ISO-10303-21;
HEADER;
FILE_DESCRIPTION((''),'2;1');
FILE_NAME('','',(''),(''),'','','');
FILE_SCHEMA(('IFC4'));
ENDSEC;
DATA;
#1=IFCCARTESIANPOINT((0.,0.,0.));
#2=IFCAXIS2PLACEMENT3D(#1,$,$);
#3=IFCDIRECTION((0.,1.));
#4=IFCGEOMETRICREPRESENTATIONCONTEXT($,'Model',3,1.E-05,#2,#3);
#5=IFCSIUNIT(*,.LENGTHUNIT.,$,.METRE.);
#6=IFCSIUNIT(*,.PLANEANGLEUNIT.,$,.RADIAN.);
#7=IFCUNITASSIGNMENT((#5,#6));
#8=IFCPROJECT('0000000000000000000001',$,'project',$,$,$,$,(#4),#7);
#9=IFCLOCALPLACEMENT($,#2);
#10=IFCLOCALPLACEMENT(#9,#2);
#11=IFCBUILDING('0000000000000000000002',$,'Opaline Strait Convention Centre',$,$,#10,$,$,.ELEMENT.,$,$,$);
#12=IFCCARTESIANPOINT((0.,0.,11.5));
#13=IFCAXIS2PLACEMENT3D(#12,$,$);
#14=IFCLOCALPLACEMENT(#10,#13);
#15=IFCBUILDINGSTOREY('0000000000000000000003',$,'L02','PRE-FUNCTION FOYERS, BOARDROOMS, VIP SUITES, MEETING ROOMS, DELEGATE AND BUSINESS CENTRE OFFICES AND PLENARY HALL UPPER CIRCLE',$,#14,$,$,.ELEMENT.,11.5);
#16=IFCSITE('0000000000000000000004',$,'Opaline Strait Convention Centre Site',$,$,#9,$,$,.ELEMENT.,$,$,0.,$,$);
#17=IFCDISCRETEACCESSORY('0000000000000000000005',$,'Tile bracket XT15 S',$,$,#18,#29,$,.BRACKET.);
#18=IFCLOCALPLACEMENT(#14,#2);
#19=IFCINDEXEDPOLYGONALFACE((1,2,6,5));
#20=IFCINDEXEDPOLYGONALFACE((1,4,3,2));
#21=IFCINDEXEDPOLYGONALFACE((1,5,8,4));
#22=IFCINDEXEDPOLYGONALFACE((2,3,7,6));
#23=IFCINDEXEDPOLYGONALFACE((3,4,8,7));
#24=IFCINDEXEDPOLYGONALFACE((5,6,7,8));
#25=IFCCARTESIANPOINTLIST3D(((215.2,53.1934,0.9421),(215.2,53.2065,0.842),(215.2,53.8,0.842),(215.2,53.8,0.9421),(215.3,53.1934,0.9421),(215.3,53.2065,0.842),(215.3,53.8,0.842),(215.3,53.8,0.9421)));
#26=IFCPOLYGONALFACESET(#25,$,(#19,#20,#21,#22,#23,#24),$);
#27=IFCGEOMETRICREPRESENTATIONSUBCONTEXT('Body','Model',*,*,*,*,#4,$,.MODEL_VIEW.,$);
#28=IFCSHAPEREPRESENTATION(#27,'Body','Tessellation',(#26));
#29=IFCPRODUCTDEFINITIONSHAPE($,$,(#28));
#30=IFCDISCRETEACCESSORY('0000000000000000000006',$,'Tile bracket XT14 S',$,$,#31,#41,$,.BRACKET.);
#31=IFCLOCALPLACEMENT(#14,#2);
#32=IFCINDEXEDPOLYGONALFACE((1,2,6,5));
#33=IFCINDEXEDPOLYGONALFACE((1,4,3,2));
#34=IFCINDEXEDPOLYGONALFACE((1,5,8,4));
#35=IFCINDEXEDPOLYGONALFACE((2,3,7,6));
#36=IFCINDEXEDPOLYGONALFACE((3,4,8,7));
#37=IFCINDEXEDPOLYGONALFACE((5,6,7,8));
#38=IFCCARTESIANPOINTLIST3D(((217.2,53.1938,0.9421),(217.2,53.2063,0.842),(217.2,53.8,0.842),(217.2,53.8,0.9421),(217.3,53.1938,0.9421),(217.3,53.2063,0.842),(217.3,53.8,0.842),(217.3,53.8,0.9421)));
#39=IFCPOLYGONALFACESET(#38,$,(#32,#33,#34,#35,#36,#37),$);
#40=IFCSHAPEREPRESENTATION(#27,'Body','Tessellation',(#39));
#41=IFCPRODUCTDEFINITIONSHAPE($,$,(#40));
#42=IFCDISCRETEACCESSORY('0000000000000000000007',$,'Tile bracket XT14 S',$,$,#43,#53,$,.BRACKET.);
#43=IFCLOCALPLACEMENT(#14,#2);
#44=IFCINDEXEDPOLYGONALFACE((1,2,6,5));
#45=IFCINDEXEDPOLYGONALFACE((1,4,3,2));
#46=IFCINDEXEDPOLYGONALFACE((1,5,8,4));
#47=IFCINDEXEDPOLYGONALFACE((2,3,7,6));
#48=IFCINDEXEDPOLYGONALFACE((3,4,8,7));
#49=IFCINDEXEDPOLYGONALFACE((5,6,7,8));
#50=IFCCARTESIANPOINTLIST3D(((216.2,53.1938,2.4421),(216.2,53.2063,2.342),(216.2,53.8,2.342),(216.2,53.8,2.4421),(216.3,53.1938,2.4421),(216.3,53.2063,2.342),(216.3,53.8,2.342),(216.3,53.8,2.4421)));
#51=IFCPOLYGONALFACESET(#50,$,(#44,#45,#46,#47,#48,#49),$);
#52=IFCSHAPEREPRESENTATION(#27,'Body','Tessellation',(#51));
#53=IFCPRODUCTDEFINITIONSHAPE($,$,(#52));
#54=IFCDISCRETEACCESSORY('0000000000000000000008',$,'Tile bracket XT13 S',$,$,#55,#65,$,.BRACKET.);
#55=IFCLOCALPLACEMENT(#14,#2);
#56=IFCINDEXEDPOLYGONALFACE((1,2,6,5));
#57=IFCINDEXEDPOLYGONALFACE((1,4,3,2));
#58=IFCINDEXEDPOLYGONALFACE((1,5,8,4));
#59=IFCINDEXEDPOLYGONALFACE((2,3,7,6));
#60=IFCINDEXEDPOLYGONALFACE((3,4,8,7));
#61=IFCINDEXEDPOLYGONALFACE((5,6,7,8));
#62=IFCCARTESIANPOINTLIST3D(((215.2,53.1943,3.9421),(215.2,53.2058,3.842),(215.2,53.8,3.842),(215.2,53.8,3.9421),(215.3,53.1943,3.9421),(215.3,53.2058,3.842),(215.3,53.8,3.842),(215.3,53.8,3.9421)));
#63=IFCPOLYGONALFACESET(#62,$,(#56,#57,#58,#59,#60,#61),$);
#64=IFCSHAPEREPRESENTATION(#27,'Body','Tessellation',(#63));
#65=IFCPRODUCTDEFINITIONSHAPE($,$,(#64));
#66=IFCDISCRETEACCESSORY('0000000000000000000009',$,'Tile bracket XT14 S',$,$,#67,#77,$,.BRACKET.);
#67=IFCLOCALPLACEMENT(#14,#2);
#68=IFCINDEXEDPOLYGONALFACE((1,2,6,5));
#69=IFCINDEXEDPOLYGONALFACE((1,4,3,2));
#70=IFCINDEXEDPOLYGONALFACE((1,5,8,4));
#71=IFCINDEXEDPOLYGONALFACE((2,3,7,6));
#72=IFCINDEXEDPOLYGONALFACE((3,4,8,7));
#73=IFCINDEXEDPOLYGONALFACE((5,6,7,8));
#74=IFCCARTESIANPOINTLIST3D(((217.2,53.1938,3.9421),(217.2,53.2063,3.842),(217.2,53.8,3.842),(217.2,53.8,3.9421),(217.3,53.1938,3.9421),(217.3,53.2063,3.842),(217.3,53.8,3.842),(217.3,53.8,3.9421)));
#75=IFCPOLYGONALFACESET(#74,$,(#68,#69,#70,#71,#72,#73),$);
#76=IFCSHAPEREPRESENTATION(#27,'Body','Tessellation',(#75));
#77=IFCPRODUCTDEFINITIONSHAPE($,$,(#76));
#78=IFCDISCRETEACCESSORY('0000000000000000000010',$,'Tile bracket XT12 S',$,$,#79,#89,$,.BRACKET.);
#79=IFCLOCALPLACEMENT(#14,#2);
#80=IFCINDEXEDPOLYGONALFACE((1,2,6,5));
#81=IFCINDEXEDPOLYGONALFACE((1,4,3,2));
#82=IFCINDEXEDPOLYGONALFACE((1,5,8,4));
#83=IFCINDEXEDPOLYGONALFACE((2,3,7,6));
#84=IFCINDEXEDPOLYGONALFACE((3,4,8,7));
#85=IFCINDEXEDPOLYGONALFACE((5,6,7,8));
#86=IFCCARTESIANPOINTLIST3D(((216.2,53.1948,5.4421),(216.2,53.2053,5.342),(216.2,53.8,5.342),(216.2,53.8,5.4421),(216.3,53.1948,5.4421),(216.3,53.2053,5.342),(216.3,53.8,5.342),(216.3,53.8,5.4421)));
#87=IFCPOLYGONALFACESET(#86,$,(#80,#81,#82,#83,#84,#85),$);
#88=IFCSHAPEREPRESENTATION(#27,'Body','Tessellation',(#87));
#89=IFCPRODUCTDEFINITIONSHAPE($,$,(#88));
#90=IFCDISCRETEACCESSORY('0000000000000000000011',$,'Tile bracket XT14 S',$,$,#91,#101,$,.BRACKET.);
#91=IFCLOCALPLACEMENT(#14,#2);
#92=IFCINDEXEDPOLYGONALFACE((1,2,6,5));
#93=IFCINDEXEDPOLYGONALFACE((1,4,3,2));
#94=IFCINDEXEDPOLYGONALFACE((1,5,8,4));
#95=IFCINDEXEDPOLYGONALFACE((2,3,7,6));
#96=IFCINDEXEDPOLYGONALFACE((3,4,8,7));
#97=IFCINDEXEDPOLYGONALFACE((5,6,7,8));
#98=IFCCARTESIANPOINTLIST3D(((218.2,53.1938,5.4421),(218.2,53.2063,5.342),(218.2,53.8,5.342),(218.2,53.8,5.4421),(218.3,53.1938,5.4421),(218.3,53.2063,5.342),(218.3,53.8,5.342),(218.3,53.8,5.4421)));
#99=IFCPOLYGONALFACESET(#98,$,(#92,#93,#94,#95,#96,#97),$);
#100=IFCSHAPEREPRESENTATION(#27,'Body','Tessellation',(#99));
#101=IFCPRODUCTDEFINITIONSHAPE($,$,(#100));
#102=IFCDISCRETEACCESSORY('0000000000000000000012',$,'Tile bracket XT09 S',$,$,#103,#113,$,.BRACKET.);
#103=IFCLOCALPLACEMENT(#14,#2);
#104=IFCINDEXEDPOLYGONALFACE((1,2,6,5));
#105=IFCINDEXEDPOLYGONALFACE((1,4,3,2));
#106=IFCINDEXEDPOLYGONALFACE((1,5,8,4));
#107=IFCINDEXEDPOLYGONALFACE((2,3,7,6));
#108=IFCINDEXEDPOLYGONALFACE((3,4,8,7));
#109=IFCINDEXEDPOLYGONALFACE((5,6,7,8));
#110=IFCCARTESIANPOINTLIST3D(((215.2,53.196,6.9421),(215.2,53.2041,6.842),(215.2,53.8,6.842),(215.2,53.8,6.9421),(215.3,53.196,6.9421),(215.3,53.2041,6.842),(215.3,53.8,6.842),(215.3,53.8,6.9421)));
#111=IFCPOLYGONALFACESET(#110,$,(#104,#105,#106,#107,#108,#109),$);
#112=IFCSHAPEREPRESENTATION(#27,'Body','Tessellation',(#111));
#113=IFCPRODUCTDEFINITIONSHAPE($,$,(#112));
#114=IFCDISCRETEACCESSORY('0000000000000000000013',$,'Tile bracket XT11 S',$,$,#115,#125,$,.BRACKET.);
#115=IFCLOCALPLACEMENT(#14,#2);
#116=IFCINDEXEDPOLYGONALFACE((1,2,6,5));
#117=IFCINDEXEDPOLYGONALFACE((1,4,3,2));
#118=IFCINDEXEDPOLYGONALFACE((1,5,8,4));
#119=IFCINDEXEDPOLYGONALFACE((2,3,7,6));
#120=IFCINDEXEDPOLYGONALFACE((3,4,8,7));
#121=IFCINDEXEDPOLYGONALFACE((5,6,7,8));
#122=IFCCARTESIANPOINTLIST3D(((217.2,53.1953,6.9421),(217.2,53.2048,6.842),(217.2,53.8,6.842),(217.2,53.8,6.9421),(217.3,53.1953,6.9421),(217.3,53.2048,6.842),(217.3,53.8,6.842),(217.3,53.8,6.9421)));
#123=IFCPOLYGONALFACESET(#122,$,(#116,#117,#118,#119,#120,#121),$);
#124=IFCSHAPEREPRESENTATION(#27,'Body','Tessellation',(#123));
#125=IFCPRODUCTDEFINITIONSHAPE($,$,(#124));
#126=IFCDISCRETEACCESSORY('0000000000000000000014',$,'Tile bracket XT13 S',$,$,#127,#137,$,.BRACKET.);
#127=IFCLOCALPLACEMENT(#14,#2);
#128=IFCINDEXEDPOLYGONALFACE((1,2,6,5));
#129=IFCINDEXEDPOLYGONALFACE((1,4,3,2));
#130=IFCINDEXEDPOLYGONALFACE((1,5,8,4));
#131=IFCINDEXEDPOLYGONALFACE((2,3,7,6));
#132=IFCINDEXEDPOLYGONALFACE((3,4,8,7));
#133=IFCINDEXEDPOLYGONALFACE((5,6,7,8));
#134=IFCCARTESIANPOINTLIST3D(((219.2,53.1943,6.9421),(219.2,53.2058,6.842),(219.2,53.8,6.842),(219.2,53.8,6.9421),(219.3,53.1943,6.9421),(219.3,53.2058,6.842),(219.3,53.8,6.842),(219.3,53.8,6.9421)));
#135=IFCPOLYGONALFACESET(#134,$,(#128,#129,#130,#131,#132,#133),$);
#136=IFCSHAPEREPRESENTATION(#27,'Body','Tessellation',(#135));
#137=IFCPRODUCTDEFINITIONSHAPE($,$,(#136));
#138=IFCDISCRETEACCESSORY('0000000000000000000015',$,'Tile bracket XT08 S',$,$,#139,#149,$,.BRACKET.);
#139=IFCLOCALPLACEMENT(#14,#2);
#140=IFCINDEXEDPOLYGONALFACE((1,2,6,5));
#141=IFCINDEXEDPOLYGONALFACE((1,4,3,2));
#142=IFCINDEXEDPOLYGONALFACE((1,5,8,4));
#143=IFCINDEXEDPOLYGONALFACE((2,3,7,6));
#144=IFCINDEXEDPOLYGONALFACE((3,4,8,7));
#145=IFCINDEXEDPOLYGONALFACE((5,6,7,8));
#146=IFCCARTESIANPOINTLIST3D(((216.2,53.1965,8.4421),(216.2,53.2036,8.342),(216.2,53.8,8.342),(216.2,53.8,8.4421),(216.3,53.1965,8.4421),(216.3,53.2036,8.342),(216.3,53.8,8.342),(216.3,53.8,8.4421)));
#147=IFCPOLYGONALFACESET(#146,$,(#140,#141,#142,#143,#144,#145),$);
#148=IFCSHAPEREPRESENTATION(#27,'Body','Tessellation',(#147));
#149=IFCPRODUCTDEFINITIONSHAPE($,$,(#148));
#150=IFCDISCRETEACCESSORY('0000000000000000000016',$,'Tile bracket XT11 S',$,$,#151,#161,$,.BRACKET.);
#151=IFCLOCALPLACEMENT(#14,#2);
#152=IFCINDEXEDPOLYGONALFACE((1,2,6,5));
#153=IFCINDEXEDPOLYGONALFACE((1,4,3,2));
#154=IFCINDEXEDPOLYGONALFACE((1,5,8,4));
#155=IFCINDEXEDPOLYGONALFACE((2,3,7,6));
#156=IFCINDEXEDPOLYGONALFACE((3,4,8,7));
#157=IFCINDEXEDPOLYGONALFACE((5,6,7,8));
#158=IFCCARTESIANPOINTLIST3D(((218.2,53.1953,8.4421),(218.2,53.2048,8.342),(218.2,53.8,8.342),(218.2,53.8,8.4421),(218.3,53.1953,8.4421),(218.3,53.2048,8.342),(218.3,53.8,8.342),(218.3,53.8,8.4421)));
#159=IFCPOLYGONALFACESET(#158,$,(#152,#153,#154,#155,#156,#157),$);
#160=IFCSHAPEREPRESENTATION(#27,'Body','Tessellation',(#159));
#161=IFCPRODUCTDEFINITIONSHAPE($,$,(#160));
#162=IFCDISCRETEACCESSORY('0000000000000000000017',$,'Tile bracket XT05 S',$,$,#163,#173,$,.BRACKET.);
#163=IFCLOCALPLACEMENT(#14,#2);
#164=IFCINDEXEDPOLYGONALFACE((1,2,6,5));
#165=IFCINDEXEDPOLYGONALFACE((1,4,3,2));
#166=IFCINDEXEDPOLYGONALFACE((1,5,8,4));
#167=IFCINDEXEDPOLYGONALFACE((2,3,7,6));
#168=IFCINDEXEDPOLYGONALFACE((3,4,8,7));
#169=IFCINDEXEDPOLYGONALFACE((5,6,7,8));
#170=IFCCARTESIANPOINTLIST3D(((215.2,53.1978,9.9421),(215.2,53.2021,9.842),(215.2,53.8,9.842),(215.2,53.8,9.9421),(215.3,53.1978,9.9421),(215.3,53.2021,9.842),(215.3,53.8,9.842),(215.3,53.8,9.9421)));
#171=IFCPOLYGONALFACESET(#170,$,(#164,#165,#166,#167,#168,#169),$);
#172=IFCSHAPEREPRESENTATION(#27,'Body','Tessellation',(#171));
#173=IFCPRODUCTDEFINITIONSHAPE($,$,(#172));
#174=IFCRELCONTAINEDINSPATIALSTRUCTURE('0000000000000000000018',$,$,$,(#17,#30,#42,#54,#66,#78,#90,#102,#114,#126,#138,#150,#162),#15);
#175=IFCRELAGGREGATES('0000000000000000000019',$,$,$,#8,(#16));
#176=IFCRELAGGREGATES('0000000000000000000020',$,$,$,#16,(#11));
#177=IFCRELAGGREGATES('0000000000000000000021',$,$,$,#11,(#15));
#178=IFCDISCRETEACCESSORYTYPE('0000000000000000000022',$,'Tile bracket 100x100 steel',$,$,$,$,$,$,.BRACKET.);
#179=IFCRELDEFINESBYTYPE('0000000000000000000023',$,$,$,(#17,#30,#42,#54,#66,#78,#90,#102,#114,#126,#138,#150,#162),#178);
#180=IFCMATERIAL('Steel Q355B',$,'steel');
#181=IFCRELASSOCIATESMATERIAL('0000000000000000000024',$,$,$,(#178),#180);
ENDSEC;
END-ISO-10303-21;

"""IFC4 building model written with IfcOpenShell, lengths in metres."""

from ifc_helpers import new_model, si_unit, direction, frame, origin, place, context, subcontext, project, spatial, polyline, outline, extrude, material, type_object, element, save


model = new_model("IFC4")

# Units and contexts
model_context = context("Model", 3, precision=1e-05, world=origin(), true_north=direction((0.0, 1.0)))
body_context = subcontext(model_context, "Body", "Model", "MODEL_VIEW")
ifc_project = project(units=[si_unit("LENGTHUNIT", "METRE"), si_unit("PLANEANGLEUNIT", "RADIAN")], contexts=[model_context])

# Site, building, storey
site_placement = place(None, origin())
site = spatial("IfcSite", under=ifc_project, at=site_placement, Name="Opaline Strait Convention Centre Site", CompositionType="ELEMENT", RefElevation=0.0)
building_placement = place(site_placement, origin())
building = spatial("IfcBuilding", under=site, at=building_placement, Name="Opaline Strait Convention Centre", CompositionType="ELEMENT")
storey_placement = place(building_placement, frame((0.0, 0.0, 11.5)))
storey = spatial("IfcBuildingStorey", under=building, at=storey_placement, Name="L02", Description="PRE-FUNCTION FOYERS, BOARDROOMS, VIP SUITES, MEETING ROOMS, DELEGATE AND BUSINESS CENTRE OFFICES AND PLENARY HALL UPPER CIRCLE", CompositionType="ELEMENT", Elevation=11.5)

# Discrete accessories
ifc_material_1 = material(Name="Steel Q355B", Category="steel")
discrete_accessory_type = type_object("IfcDiscreteAccessoryType", Name="Tile bracket 100x100 steel", PredefinedType="BRACKET", material=ifc_material_1)
discrete_accessory_1_placement = place(storey_placement, frame((215.2, 53.8, 0.8921), z_axis=(1.0, 0.0, 0.0), x_axis=(0.0, 1.0, 0.0)))
element("IfcDiscreteAccessory", 1, at=discrete_accessory_1_placement, inside=storey, type_object=discrete_accessory_type, Name="Tile bracket XT15 S", PredefinedType="BRACKET", context=body_context, shape_type="SweptSolid", body=[
    extrude(outline(polyline([(0.0, -0.05), (0.0, 0.05), (-0.6067, 0.05), (-0.5935, -0.05), (0.0, -0.05)])), origin(), (0.0, 0.0, 1.0), 0.1001),
])
for number, where, z_axis, x_axis, name in (
    (2, (217.2, 53.8, 0.8921), (1.0, 0.0, 0.0), (0.0, 1.0, 0.0), "Tile bracket XT14 S"),
    (3, (216.2, 53.8, 2.3921), (1.0, 0.0, 0.0), (0.0, 1.0, 0.0), "Tile bracket XT14 S"),
):
    element("IfcDiscreteAccessory", number, at=place(storey_placement, frame(where, z_axis=z_axis, x_axis=x_axis)), inside=storey, type_object=discrete_accessory_type, Name=name, PredefinedType="BRACKET", context=body_context, shape_type="SweptSolid", body=[
        extrude(outline(polyline([(0.0, -0.05), (0.0, 0.05), (-0.6062, 0.05), (-0.5938, -0.05), (0.0, -0.05)])), origin(), (0.0, 0.0, 1.0), 0.1001),
    ])
discrete_accessory_2_placement = place(storey_placement, frame((215.2, 53.8, 3.8921), z_axis=(1.0, 0.0, 0.0), x_axis=(0.0, 1.0, 0.0)))
element("IfcDiscreteAccessory", 4, at=discrete_accessory_2_placement, inside=storey, type_object=discrete_accessory_type, Name="Tile bracket XT13 S", PredefinedType="BRACKET", context=body_context, shape_type="SweptSolid", body=[
    extrude(outline(polyline([(0.0, -0.05), (0.0, 0.05), (-0.6057, 0.05), (-0.5942, -0.05), (0.0, -0.05)])), origin(), (0.0, 0.0, 1.0), 0.1001),
])
discrete_accessory_3_placement = place(storey_placement, frame((217.2, 53.8, 3.8921), z_axis=(1.0, 0.0, 0.0), x_axis=(0.0, 1.0, 0.0)))
element("IfcDiscreteAccessory", 5, at=discrete_accessory_3_placement, inside=storey, type_object=discrete_accessory_type, Name="Tile bracket XT14 S", PredefinedType="BRACKET", context=body_context, shape_type="SweptSolid", body=[
    extrude(outline(polyline([(0.0, -0.05), (0.0, 0.05), (-0.6062, 0.05), (-0.5938, -0.05), (0.0, -0.05)])), origin(), (0.0, 0.0, 1.0), 0.1001),
])
discrete_accessory_4_placement = place(storey_placement, frame((216.2, 53.8, 5.3921), z_axis=(1.0, 0.0, 0.0), x_axis=(0.0, 1.0, 0.0)))
element("IfcDiscreteAccessory", 6, at=discrete_accessory_4_placement, inside=storey, type_object=discrete_accessory_type, Name="Tile bracket XT12 S", PredefinedType="BRACKET", context=body_context, shape_type="SweptSolid", body=[
    extrude(outline(polyline([(0.0, -0.05), (0.0, 0.05), (-0.6052, 0.05), (-0.5947, -0.05), (0.0, -0.05)])), origin(), (0.0, 0.0, 1.0), 0.1001),
])
discrete_accessory_5_placement = place(storey_placement, frame((218.2, 53.8, 5.3921), z_axis=(1.0, 0.0, 0.0), x_axis=(0.0, 1.0, 0.0)))
element("IfcDiscreteAccessory", 7, at=discrete_accessory_5_placement, inside=storey, type_object=discrete_accessory_type, Name="Tile bracket XT14 S", PredefinedType="BRACKET", context=body_context, shape_type="SweptSolid", body=[
    extrude(outline(polyline([(0.0, -0.05), (0.0, 0.05), (-0.6062, 0.05), (-0.5938, -0.05), (0.0, -0.05)])), origin(), (0.0, 0.0, 1.0), 0.1001),
])
discrete_accessory_6_placement = place(storey_placement, frame((215.2, 53.8, 6.8921), z_axis=(1.0, 0.0, 0.0), x_axis=(0.0, 1.0, 0.0)))
element("IfcDiscreteAccessory", 8, at=discrete_accessory_6_placement, inside=storey, type_object=discrete_accessory_type, Name="Tile bracket XT09 S", PredefinedType="BRACKET", context=body_context, shape_type="SweptSolid", body=[
    extrude(outline(polyline([(0.0, -0.05), (0.0, 0.05), (-0.604, 0.05), (-0.5959, -0.05), (0.0, -0.05)])), origin(), (0.0, 0.0, 1.0), 0.1001),
])
discrete_accessory_7_placement = place(storey_placement, frame((217.2, 53.8, 6.8921), z_axis=(1.0, 0.0, 0.0), x_axis=(0.0, 1.0, 0.0)))
element("IfcDiscreteAccessory", 9, at=discrete_accessory_7_placement, inside=storey, type_object=discrete_accessory_type, Name="Tile bracket XT11 S", PredefinedType="BRACKET", context=body_context, shape_type="SweptSolid", body=[
    extrude(outline(polyline([(0.0, -0.05), (0.0, 0.05), (-0.6047, 0.05), (-0.5952, -0.05), (0.0, -0.05)])), origin(), (0.0, 0.0, 1.0), 0.1001),
])
discrete_accessory_8_placement = place(storey_placement, frame((219.2, 53.8, 6.8921), z_axis=(1.0, 0.0, 0.0), x_axis=(0.0, 1.0, 0.0)))
element("IfcDiscreteAccessory", 10, at=discrete_accessory_8_placement, inside=storey, type_object=discrete_accessory_type, Name="Tile bracket XT13 S", PredefinedType="BRACKET", context=body_context, shape_type="SweptSolid", body=[
    extrude(outline(polyline([(0.0, -0.05), (0.0, 0.05), (-0.6057, 0.05), (-0.5942, -0.05), (0.0, -0.05)])), origin(), (0.0, 0.0, 1.0), 0.1001),
])
discrete_accessory_9_placement = place(storey_placement, frame((216.2, 53.8, 8.3921), z_axis=(1.0, 0.0, 0.0), x_axis=(0.0, 1.0, 0.0)))
element("IfcDiscreteAccessory", 11, at=discrete_accessory_9_placement, inside=storey, type_object=discrete_accessory_type, Name="Tile bracket XT08 S", PredefinedType="BRACKET", context=body_context, shape_type="SweptSolid", body=[
    extrude(outline(polyline([(0.0, -0.05), (0.0, 0.05), (-0.6035, 0.05), (-0.5964, -0.05), (0.0, -0.05)])), origin(), (0.0, 0.0, 1.0), 0.1001),
])
discrete_accessory_10_placement = place(storey_placement, frame((218.2, 53.8, 8.3921), z_axis=(1.0, 0.0, 0.0), x_axis=(0.0, 1.0, 0.0)))
element("IfcDiscreteAccessory", 12, at=discrete_accessory_10_placement, inside=storey, type_object=discrete_accessory_type, Name="Tile bracket XT11 S", PredefinedType="BRACKET", context=body_context, shape_type="SweptSolid", body=[
    extrude(outline(polyline([(0.0, -0.05), (0.0, 0.05), (-0.6047, 0.05), (-0.5952, -0.05), (0.0, -0.05)])), origin(), (0.0, 0.0, 1.0), 0.1001),
])
discrete_accessory_11_placement = place(storey_placement, frame((215.2, 53.8, 9.8921), z_axis=(1.0, 0.0, 0.0), x_axis=(0.0, 1.0, 0.0)))
element("IfcDiscreteAccessory", 13, at=discrete_accessory_11_placement, inside=storey, type_object=discrete_accessory_type, Name="Tile bracket XT05 S", PredefinedType="BRACKET", context=body_context, shape_type="SweptSolid", body=[
    extrude(outline(polyline([(0.0, -0.05), (0.0, 0.05), (-0.6023, 0.05), (-0.5979, -0.05), (0.0, -0.05)])), origin(), (0.0, 0.0, 1.0), 0.1001),
])

save(model, "model.ifc")
